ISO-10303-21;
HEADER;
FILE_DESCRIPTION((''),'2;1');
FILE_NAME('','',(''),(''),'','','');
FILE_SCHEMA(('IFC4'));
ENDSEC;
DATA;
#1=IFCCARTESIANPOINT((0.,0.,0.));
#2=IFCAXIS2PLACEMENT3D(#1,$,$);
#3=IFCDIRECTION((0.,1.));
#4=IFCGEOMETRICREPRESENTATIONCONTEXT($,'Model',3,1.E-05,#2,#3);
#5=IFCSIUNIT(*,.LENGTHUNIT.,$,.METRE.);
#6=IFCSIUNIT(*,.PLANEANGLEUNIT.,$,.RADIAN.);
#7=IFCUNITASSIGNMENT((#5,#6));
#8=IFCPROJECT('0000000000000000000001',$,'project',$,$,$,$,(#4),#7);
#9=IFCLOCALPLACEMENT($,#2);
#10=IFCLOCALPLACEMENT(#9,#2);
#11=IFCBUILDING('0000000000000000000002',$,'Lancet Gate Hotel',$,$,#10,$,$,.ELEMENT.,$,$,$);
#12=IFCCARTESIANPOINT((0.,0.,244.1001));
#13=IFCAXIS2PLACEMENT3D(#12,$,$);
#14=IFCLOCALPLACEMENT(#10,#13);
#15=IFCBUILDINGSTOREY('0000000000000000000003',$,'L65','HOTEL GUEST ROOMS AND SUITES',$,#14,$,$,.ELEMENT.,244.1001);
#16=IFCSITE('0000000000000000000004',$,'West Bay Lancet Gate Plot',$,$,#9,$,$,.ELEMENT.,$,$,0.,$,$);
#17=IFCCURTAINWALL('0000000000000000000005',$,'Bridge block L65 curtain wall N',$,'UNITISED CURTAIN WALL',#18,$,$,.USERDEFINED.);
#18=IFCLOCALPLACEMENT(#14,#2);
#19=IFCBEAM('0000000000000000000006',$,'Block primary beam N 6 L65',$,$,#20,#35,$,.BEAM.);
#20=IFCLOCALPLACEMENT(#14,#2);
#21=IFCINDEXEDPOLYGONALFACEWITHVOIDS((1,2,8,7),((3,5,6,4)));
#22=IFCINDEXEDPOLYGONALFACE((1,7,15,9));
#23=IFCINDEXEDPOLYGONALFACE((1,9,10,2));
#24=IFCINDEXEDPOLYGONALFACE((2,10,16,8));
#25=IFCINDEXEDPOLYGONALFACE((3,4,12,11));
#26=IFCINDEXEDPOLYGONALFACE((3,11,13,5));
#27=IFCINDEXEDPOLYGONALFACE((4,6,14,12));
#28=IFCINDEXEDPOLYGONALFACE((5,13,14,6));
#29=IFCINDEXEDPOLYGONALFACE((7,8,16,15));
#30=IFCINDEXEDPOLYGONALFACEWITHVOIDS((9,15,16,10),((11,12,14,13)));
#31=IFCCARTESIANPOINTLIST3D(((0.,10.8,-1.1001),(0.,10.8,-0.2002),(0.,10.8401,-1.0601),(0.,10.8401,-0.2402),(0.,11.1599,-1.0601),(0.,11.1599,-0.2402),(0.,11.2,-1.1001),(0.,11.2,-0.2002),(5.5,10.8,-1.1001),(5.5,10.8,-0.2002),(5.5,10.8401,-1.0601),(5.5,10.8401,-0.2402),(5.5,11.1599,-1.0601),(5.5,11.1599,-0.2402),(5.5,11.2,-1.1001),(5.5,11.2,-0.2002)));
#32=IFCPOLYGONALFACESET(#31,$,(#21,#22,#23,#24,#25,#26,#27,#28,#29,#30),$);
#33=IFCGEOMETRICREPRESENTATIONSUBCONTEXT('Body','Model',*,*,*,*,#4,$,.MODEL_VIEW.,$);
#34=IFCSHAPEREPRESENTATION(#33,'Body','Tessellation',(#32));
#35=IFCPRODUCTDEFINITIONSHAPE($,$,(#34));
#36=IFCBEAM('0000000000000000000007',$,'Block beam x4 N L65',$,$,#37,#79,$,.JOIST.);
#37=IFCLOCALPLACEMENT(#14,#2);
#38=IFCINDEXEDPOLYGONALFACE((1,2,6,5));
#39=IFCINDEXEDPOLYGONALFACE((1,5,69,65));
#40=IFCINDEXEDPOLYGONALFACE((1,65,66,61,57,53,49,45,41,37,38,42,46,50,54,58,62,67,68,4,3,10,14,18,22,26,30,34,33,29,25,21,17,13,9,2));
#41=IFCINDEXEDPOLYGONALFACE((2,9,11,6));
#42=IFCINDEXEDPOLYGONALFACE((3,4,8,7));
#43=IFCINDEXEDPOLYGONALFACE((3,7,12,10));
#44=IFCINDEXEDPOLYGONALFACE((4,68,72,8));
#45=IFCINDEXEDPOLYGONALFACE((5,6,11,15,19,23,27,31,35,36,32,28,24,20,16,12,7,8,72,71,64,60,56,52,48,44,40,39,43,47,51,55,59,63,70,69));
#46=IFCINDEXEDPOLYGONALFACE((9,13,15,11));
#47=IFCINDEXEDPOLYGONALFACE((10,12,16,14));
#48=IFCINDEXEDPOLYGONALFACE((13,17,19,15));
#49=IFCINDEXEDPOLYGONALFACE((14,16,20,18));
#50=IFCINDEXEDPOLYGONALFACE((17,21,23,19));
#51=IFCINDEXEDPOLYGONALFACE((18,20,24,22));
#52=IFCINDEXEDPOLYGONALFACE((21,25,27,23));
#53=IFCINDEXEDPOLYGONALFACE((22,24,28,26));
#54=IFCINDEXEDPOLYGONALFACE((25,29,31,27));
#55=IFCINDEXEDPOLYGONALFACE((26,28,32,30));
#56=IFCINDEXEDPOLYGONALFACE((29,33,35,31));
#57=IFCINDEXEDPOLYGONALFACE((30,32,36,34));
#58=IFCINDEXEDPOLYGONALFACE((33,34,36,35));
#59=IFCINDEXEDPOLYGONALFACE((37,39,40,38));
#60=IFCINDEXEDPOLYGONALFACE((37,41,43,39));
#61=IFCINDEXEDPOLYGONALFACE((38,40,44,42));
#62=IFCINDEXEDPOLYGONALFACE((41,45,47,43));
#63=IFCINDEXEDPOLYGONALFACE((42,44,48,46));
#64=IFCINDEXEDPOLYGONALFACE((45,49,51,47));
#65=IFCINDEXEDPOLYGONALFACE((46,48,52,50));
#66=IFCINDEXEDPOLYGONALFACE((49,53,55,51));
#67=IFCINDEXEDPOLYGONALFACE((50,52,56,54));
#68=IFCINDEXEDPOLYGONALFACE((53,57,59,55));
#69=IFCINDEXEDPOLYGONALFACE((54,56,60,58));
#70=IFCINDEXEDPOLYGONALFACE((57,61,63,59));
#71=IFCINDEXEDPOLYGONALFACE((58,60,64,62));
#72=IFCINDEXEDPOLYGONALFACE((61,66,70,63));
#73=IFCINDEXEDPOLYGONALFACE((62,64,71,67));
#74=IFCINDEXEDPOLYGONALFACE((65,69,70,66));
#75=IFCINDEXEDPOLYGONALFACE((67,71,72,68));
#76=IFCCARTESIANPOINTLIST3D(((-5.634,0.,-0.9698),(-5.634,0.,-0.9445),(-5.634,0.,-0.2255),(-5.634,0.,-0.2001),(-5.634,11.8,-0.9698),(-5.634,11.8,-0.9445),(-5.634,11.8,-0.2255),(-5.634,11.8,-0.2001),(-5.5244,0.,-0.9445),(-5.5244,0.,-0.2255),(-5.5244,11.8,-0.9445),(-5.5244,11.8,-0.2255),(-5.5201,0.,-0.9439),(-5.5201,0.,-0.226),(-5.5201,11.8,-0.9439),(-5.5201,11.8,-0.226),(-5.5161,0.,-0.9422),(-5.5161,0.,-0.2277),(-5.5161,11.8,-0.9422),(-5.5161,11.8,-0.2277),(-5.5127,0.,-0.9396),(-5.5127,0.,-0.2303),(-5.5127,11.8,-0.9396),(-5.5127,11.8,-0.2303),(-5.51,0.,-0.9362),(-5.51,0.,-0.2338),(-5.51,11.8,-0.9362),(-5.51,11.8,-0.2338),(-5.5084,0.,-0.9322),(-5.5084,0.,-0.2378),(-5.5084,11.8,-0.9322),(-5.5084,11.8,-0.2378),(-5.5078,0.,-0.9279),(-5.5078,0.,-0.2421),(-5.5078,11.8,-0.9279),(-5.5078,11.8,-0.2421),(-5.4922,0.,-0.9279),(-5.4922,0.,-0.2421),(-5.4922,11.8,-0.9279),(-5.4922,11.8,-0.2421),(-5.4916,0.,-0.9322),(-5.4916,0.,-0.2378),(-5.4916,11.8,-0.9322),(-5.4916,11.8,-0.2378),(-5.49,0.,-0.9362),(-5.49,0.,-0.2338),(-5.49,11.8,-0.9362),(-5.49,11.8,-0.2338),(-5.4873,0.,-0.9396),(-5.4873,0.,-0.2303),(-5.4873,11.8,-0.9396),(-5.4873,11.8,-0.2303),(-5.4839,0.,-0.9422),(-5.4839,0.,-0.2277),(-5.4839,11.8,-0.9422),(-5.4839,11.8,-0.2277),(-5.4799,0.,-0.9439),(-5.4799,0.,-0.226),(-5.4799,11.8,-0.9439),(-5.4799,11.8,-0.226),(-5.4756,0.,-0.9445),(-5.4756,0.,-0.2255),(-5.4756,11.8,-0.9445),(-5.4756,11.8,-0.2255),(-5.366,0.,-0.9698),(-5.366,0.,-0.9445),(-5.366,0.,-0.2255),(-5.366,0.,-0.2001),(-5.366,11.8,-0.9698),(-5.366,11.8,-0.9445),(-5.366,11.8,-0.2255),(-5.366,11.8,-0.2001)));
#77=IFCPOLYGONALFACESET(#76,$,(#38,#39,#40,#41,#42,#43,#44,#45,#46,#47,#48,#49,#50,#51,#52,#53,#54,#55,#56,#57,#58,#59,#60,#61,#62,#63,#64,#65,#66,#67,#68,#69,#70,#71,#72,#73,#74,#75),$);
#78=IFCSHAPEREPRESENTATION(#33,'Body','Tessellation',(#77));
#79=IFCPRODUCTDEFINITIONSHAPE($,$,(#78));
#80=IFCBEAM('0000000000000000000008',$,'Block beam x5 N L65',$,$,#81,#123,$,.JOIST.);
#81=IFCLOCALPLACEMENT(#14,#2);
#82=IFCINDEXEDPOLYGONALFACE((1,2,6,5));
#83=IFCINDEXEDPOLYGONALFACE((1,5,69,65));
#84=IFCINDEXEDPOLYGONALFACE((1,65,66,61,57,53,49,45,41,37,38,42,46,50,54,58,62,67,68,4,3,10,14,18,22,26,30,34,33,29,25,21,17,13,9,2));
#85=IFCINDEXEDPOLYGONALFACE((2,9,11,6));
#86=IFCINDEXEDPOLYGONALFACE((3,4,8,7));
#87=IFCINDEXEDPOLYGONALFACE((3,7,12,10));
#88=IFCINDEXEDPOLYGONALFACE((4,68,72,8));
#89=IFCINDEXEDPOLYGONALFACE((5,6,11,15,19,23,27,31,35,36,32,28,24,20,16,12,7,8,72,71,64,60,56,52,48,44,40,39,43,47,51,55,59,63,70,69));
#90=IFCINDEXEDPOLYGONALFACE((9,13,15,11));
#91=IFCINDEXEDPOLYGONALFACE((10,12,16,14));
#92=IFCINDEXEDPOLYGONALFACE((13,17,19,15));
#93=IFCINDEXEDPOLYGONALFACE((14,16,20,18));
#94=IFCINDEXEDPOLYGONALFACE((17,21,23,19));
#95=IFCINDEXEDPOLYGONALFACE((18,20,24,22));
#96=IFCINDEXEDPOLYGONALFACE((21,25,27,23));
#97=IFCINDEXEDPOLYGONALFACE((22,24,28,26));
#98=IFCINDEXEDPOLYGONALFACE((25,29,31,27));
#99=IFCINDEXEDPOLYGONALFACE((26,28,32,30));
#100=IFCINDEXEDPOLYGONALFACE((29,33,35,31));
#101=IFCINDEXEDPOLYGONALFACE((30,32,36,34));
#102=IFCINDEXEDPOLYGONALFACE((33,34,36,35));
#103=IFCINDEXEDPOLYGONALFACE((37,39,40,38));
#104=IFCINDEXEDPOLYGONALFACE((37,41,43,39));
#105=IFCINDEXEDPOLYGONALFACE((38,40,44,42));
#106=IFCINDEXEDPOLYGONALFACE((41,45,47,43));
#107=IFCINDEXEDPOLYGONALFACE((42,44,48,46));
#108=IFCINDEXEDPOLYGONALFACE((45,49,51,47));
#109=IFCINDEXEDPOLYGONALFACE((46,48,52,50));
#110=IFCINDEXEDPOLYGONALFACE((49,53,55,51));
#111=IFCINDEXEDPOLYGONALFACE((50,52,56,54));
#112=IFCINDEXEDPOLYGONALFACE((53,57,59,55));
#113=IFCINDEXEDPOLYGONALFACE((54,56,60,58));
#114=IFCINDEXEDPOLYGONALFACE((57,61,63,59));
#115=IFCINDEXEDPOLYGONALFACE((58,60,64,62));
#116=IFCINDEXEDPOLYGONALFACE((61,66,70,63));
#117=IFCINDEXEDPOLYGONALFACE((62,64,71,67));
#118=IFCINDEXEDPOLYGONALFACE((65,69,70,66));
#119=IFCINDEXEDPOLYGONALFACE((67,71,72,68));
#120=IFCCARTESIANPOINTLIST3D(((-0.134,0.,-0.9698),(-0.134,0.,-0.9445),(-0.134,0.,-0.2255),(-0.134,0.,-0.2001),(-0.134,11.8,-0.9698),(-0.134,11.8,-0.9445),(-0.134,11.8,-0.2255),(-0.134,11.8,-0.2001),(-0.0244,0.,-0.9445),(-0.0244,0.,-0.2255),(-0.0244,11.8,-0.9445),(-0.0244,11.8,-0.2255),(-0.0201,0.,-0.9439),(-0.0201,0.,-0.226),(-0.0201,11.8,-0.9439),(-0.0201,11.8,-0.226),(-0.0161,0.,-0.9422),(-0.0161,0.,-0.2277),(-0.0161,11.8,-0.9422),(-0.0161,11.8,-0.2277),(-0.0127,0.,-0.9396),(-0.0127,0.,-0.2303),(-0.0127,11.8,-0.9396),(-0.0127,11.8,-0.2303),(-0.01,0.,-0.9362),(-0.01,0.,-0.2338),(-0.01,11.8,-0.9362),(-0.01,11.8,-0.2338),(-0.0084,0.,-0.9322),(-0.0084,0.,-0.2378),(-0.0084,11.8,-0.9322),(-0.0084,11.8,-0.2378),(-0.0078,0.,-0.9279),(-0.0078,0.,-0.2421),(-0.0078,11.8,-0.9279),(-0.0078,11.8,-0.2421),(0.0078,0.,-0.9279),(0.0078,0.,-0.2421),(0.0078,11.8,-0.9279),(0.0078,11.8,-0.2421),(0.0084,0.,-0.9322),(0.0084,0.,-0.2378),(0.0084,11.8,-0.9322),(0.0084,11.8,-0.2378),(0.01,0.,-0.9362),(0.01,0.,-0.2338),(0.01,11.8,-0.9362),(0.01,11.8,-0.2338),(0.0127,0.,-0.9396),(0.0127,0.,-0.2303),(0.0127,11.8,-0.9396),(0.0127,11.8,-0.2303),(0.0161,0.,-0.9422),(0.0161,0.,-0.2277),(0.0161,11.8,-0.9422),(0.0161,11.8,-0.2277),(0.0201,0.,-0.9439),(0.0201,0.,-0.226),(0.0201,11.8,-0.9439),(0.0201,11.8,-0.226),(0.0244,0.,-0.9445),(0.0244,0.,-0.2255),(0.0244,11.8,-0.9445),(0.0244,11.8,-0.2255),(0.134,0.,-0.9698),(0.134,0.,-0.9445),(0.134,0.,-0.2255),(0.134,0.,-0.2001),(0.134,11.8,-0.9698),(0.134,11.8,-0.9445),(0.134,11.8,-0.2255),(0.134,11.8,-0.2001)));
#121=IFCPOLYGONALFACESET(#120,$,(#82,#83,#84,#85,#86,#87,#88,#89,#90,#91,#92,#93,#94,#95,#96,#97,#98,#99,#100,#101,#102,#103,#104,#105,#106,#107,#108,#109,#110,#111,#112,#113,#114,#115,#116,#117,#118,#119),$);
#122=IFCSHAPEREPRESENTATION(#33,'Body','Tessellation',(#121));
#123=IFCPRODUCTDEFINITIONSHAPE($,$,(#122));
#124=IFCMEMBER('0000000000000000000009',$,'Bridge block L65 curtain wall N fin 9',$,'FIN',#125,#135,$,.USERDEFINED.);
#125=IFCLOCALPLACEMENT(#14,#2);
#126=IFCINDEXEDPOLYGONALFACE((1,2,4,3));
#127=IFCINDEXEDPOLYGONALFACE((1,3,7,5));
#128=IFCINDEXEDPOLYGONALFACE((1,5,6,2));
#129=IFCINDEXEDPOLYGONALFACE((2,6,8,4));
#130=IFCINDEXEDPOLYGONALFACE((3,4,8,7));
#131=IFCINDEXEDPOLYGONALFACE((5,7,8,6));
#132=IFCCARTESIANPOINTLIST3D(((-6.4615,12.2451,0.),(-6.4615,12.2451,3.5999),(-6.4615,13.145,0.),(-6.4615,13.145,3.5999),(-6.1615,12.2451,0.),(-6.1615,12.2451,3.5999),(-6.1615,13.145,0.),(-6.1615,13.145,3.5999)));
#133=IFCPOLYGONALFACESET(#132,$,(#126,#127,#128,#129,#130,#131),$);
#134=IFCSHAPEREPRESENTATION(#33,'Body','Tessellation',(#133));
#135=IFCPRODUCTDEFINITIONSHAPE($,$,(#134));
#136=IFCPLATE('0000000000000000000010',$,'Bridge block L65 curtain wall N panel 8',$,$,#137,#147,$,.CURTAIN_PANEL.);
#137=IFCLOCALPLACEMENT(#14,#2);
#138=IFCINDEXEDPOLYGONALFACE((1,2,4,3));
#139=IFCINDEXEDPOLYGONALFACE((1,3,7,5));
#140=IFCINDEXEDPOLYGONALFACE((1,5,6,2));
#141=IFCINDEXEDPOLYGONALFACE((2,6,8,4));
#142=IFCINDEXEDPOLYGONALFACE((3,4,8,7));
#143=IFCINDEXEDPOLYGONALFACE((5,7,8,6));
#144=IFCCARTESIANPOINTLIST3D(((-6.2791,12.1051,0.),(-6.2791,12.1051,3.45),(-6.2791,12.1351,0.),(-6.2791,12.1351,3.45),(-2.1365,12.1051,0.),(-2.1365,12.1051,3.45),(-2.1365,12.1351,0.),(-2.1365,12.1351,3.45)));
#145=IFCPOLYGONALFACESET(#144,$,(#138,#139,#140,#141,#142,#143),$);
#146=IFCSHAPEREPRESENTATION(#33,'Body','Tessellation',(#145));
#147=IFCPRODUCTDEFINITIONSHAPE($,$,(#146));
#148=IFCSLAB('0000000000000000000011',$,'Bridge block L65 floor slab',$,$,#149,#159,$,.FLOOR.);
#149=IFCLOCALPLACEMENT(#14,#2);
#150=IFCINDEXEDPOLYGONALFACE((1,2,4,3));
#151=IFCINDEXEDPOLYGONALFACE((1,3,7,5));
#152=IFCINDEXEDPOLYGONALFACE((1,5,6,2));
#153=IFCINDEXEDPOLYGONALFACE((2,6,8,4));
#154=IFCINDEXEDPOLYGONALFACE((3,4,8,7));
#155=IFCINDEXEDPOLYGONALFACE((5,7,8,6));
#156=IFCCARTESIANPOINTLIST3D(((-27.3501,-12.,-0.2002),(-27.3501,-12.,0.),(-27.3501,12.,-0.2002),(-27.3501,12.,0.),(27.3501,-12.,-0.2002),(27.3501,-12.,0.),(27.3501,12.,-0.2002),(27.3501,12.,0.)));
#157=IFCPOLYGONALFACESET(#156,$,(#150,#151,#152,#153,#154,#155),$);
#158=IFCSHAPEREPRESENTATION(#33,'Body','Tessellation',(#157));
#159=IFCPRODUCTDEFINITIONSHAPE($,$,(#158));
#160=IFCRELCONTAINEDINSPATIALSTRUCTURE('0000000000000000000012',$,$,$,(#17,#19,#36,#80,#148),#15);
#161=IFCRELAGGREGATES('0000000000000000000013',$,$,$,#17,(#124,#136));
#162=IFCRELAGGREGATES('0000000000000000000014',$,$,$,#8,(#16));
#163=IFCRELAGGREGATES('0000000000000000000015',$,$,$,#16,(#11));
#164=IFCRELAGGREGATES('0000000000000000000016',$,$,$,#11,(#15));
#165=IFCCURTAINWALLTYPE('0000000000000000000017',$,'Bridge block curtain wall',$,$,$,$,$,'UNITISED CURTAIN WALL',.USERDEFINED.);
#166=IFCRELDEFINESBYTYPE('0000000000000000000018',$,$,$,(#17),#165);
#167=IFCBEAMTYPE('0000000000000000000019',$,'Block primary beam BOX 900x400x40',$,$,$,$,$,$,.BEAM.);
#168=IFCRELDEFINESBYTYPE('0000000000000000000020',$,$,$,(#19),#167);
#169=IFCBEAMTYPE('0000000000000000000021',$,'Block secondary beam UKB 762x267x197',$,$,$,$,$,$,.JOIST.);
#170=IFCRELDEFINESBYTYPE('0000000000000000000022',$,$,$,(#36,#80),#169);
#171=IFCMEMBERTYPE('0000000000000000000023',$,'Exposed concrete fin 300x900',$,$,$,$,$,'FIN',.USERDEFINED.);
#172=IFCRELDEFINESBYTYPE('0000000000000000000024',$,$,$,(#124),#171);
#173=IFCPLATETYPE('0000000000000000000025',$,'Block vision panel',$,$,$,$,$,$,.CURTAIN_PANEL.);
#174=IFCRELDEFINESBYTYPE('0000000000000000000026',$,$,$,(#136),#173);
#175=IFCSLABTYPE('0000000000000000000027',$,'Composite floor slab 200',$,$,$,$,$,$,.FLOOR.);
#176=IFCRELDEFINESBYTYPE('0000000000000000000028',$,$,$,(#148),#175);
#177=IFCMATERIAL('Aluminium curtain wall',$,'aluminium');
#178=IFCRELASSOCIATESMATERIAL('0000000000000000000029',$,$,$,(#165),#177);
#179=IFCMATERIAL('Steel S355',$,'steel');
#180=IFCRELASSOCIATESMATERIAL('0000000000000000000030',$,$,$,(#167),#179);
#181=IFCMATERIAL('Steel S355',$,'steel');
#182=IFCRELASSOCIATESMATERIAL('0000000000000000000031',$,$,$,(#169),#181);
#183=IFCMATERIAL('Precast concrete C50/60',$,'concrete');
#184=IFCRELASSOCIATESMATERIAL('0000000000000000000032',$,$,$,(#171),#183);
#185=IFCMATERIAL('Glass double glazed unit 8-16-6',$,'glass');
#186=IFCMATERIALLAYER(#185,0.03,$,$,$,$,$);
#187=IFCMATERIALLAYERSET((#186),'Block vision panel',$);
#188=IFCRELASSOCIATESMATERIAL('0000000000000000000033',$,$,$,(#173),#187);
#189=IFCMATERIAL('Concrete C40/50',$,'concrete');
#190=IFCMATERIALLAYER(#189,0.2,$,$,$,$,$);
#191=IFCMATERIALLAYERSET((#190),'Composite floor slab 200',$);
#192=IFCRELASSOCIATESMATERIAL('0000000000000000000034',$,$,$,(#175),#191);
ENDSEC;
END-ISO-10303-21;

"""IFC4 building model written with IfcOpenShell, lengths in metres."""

from ifc_helpers import new_model, si_unit, direction, frame, origin, origin_2d, place, context, subcontext, project, spatial, polyline, rectangle, hollow_rectangle, i_section, outline, extrude, material, layer, layer_set, material_profile, profile_set, type_object, element, aggregate, save


model = new_model("IFC4")

# Units and contexts
model_context = context("Model", 3, precision=1e-05, world=origin(), true_north=direction((0.0, 1.0)))
body_context = subcontext(model_context, "Body", "Model", "MODEL_VIEW")
ifc_project = project(units=[si_unit("LENGTHUNIT", "METRE"), si_unit("PLANEANGLEUNIT", "RADIAN")], contexts=[model_context])

# Site, building, storey
site_placement = place(None, origin())
site = spatial("IfcSite", under=ifc_project, at=site_placement, Name="West Bay Lancet Gate Plot", CompositionType="ELEMENT", RefElevation=0.0)
building_placement = place(site_placement, origin())
building = spatial("IfcBuilding", under=site, at=building_placement, Name="Lancet Gate Hotel", CompositionType="ELEMENT")
storey_placement = place(building_placement, frame((0.0, 0.0, 244.1001)))
storey = spatial("IfcBuildingStorey", under=building, at=storey_placement, Name="L65", Description="HOTEL GUEST ROOMS AND SUITES", CompositionType="ELEMENT", Elevation=244.1001)

# Curtain wall
ifc_material_1 = material(Name="Aluminium curtain wall", Category="aluminium")
curtain_wall_type = type_object("IfcCurtainWallType", Name="Bridge block curtain wall", ElementType="UNITISED CURTAIN WALL", PredefinedType="USERDEFINED", material=ifc_material_1)
curtain_wall_placement = place(storey_placement, origin())
curtain_wall = element("IfcCurtainWall", 1, at=curtain_wall_placement, inside=storey, type_object=curtain_wall_type, Name="Bridge block L65 curtain wall N", ObjectType="UNITISED CURTAIN WALL", PredefinedType="USERDEFINED")

# Beams
ifc_material_2 = material(Name="Steel S355", Category="steel")
ifc_material_profile_1 = material_profile(ifc_material_2, hollow_rectangle(XDim=0.3999, YDim=0.8999, WallThickness=0.04, at=origin_2d()), Name="BOX 900x400x40")
ifc_profile_set_1 = profile_set([ifc_material_profile_1], Name="Steel S355")
beam_type_1 = type_object("IfcBeamType", Name="Block primary beam BOX 900x400x40", PredefinedType="BEAM", material=ifc_profile_set_1)
for number, where, z_axis, x_axis, name in (
    (2, (0.0, 11.0, -0.6501), (1.0, 0.0, 0.0), (0.0, 1.0, 0.0), "Block primary beam N 6 L65"),
):
    element("IfcBeam", number, at=place(storey_placement, frame(where, z_axis=z_axis, x_axis=x_axis)), inside=storey, type_object=beam_type_1, Name=name, PredefinedType="BEAM", context=body_context, shape_type="SweptSolid", body=[
        extrude(hollow_rectangle(XDim=0.3999, YDim=0.8999, WallThickness=0.04, at=origin_2d()), origin(), (0.0, 0.0, 1.0), 5.5),
    ])
ifc_material_3 = material(Name="Steel S355", Category="steel")
ifc_material_profile_2 = material_profile(ifc_material_3, i_section(OverallWidth=0.2681, OverallDepth=0.7698, WebThickness=0.0156, FlangeThickness=0.0254, FilletRadius=0.0166, at=origin_2d()), Name="UKB 762x267x197")
ifc_profile_set_2 = profile_set([ifc_material_profile_2], Name="Steel S355")
beam_type_2 = type_object("IfcBeamType", Name="Block secondary beam UKB 762x267x197", PredefinedType="JOIST", material=ifc_profile_set_2)
for number, where, z_axis, x_axis, name in (
    (3, (-5.5, 0.0, -0.585), (0.0, 1.0, 0.0), (-1.0, 0.0, 0.0), "Block beam x4 N L65"),
    (4, (0.0, 0.0, -0.585), (0.0, 1.0, 0.0), (-1.0, 0.0, 0.0), "Block beam x5 N L65"),
):
    element("IfcBeam", number, at=place(storey_placement, frame(where, z_axis=z_axis, x_axis=x_axis)), inside=storey, type_object=beam_type_2, Name=name, PredefinedType="JOIST", context=body_context, shape_type="SweptSolid", body=[
        extrude(i_section(OverallWidth=0.2681, OverallDepth=0.7698, WebThickness=0.0156, FlangeThickness=0.0254, FilletRadius=0.0166, at=origin_2d()), origin(), (0.0, 0.0, 1.0), 11.8),
    ])

# Member
ifc_material_4 = material(Name="Precast concrete C50/60", Category="concrete")
ifc_material_profile_3 = material_profile(ifc_material_4, rectangle(XDim=0.3, YDim=0.8999, at=origin_2d()), Name="FIN 300x900")
ifc_profile_set_3 = profile_set([ifc_material_profile_3], Name="Precast concrete C50/60")
member_type_1 = type_object("IfcMemberType", Name="Exposed concrete fin 300x900", ElementType="FIN", PredefinedType="USERDEFINED", material=ifc_profile_set_3)
member_1_placement = place(storey_placement, frame((-6.3115, 12.6951, 0.0), z_axis=(0.0, 0.0, 1.0), x_axis=(-1.0, 0.0, 0.0)))
member_1 = element("IfcMember", 5, at=member_1_placement, type_object=member_type_1, Name="Bridge block L65 curtain wall N fin 9", ObjectType="FIN", PredefinedType="USERDEFINED", context=body_context, shape_type="SweptSolid", body=[
    extrude(rectangle(XDim=0.3, YDim=0.8999, at=origin_2d()), origin(), (0.0, 0.0, 1.0), 3.5999),
])

# Plate
ifc_material_5 = material(Name="Glass double glazed unit 8-16-6", Category="glass")
ifc_layer_1 = layer(ifc_material_5, 0.03)
ifc_layer_set_1 = layer_set([ifc_layer_1], Name="Block vision panel")
plate_type = type_object("IfcPlateType", Name="Block vision panel", PredefinedType="CURTAIN_PANEL", material=ifc_layer_set_1)
plate_placement = place(storey_placement, frame((-4.2078, 12.1201, 0.0), z_axis=(0.0, 0.0, 1.0), x_axis=(-1.0, 0.0, 0.0)))
plate = element("IfcPlate", 6, at=plate_placement, type_object=plate_type, Name="Bridge block L65 curtain wall N panel 8", PredefinedType="CURTAIN_PANEL", context=body_context, shape_type="SweptSolid", body=[
    extrude(rectangle(XDim=4.1426, YDim=0.03, at=origin_2d()), origin(), (0.0, 0.0, 1.0), 3.45),
])
aggregate(curtain_wall, [member_1, plate])

# Slab
ifc_material_6 = material(Name="Concrete C40/50", Category="concrete")
ifc_layer_2 = layer(ifc_material_6, 0.2)
ifc_layer_set_2 = layer_set([ifc_layer_2], Name="Composite floor slab 200")
slab_type_1 = type_object("IfcSlabType", Name="Composite floor slab 200", PredefinedType="FLOOR", material=ifc_layer_set_2)
slab_1_placement = place(storey_placement, frame((0.0, 0.0, -0.2002)))
element("IfcSlab", 7, at=slab_1_placement, inside=storey, type_object=slab_type_1, Name="Bridge block L65 floor slab", PredefinedType="FLOOR", context=body_context, shape_type="SweptSolid", body=[
    extrude(outline(polyline([(27.3501, -12.0), (27.3501, 12.0), (-27.3501, 12.0), (-27.3501, -12.0), (27.3501, -12.0)])), origin(), (0.0, 0.0, 1.0), 0.2002),
])

save(model, "model.ifc")
